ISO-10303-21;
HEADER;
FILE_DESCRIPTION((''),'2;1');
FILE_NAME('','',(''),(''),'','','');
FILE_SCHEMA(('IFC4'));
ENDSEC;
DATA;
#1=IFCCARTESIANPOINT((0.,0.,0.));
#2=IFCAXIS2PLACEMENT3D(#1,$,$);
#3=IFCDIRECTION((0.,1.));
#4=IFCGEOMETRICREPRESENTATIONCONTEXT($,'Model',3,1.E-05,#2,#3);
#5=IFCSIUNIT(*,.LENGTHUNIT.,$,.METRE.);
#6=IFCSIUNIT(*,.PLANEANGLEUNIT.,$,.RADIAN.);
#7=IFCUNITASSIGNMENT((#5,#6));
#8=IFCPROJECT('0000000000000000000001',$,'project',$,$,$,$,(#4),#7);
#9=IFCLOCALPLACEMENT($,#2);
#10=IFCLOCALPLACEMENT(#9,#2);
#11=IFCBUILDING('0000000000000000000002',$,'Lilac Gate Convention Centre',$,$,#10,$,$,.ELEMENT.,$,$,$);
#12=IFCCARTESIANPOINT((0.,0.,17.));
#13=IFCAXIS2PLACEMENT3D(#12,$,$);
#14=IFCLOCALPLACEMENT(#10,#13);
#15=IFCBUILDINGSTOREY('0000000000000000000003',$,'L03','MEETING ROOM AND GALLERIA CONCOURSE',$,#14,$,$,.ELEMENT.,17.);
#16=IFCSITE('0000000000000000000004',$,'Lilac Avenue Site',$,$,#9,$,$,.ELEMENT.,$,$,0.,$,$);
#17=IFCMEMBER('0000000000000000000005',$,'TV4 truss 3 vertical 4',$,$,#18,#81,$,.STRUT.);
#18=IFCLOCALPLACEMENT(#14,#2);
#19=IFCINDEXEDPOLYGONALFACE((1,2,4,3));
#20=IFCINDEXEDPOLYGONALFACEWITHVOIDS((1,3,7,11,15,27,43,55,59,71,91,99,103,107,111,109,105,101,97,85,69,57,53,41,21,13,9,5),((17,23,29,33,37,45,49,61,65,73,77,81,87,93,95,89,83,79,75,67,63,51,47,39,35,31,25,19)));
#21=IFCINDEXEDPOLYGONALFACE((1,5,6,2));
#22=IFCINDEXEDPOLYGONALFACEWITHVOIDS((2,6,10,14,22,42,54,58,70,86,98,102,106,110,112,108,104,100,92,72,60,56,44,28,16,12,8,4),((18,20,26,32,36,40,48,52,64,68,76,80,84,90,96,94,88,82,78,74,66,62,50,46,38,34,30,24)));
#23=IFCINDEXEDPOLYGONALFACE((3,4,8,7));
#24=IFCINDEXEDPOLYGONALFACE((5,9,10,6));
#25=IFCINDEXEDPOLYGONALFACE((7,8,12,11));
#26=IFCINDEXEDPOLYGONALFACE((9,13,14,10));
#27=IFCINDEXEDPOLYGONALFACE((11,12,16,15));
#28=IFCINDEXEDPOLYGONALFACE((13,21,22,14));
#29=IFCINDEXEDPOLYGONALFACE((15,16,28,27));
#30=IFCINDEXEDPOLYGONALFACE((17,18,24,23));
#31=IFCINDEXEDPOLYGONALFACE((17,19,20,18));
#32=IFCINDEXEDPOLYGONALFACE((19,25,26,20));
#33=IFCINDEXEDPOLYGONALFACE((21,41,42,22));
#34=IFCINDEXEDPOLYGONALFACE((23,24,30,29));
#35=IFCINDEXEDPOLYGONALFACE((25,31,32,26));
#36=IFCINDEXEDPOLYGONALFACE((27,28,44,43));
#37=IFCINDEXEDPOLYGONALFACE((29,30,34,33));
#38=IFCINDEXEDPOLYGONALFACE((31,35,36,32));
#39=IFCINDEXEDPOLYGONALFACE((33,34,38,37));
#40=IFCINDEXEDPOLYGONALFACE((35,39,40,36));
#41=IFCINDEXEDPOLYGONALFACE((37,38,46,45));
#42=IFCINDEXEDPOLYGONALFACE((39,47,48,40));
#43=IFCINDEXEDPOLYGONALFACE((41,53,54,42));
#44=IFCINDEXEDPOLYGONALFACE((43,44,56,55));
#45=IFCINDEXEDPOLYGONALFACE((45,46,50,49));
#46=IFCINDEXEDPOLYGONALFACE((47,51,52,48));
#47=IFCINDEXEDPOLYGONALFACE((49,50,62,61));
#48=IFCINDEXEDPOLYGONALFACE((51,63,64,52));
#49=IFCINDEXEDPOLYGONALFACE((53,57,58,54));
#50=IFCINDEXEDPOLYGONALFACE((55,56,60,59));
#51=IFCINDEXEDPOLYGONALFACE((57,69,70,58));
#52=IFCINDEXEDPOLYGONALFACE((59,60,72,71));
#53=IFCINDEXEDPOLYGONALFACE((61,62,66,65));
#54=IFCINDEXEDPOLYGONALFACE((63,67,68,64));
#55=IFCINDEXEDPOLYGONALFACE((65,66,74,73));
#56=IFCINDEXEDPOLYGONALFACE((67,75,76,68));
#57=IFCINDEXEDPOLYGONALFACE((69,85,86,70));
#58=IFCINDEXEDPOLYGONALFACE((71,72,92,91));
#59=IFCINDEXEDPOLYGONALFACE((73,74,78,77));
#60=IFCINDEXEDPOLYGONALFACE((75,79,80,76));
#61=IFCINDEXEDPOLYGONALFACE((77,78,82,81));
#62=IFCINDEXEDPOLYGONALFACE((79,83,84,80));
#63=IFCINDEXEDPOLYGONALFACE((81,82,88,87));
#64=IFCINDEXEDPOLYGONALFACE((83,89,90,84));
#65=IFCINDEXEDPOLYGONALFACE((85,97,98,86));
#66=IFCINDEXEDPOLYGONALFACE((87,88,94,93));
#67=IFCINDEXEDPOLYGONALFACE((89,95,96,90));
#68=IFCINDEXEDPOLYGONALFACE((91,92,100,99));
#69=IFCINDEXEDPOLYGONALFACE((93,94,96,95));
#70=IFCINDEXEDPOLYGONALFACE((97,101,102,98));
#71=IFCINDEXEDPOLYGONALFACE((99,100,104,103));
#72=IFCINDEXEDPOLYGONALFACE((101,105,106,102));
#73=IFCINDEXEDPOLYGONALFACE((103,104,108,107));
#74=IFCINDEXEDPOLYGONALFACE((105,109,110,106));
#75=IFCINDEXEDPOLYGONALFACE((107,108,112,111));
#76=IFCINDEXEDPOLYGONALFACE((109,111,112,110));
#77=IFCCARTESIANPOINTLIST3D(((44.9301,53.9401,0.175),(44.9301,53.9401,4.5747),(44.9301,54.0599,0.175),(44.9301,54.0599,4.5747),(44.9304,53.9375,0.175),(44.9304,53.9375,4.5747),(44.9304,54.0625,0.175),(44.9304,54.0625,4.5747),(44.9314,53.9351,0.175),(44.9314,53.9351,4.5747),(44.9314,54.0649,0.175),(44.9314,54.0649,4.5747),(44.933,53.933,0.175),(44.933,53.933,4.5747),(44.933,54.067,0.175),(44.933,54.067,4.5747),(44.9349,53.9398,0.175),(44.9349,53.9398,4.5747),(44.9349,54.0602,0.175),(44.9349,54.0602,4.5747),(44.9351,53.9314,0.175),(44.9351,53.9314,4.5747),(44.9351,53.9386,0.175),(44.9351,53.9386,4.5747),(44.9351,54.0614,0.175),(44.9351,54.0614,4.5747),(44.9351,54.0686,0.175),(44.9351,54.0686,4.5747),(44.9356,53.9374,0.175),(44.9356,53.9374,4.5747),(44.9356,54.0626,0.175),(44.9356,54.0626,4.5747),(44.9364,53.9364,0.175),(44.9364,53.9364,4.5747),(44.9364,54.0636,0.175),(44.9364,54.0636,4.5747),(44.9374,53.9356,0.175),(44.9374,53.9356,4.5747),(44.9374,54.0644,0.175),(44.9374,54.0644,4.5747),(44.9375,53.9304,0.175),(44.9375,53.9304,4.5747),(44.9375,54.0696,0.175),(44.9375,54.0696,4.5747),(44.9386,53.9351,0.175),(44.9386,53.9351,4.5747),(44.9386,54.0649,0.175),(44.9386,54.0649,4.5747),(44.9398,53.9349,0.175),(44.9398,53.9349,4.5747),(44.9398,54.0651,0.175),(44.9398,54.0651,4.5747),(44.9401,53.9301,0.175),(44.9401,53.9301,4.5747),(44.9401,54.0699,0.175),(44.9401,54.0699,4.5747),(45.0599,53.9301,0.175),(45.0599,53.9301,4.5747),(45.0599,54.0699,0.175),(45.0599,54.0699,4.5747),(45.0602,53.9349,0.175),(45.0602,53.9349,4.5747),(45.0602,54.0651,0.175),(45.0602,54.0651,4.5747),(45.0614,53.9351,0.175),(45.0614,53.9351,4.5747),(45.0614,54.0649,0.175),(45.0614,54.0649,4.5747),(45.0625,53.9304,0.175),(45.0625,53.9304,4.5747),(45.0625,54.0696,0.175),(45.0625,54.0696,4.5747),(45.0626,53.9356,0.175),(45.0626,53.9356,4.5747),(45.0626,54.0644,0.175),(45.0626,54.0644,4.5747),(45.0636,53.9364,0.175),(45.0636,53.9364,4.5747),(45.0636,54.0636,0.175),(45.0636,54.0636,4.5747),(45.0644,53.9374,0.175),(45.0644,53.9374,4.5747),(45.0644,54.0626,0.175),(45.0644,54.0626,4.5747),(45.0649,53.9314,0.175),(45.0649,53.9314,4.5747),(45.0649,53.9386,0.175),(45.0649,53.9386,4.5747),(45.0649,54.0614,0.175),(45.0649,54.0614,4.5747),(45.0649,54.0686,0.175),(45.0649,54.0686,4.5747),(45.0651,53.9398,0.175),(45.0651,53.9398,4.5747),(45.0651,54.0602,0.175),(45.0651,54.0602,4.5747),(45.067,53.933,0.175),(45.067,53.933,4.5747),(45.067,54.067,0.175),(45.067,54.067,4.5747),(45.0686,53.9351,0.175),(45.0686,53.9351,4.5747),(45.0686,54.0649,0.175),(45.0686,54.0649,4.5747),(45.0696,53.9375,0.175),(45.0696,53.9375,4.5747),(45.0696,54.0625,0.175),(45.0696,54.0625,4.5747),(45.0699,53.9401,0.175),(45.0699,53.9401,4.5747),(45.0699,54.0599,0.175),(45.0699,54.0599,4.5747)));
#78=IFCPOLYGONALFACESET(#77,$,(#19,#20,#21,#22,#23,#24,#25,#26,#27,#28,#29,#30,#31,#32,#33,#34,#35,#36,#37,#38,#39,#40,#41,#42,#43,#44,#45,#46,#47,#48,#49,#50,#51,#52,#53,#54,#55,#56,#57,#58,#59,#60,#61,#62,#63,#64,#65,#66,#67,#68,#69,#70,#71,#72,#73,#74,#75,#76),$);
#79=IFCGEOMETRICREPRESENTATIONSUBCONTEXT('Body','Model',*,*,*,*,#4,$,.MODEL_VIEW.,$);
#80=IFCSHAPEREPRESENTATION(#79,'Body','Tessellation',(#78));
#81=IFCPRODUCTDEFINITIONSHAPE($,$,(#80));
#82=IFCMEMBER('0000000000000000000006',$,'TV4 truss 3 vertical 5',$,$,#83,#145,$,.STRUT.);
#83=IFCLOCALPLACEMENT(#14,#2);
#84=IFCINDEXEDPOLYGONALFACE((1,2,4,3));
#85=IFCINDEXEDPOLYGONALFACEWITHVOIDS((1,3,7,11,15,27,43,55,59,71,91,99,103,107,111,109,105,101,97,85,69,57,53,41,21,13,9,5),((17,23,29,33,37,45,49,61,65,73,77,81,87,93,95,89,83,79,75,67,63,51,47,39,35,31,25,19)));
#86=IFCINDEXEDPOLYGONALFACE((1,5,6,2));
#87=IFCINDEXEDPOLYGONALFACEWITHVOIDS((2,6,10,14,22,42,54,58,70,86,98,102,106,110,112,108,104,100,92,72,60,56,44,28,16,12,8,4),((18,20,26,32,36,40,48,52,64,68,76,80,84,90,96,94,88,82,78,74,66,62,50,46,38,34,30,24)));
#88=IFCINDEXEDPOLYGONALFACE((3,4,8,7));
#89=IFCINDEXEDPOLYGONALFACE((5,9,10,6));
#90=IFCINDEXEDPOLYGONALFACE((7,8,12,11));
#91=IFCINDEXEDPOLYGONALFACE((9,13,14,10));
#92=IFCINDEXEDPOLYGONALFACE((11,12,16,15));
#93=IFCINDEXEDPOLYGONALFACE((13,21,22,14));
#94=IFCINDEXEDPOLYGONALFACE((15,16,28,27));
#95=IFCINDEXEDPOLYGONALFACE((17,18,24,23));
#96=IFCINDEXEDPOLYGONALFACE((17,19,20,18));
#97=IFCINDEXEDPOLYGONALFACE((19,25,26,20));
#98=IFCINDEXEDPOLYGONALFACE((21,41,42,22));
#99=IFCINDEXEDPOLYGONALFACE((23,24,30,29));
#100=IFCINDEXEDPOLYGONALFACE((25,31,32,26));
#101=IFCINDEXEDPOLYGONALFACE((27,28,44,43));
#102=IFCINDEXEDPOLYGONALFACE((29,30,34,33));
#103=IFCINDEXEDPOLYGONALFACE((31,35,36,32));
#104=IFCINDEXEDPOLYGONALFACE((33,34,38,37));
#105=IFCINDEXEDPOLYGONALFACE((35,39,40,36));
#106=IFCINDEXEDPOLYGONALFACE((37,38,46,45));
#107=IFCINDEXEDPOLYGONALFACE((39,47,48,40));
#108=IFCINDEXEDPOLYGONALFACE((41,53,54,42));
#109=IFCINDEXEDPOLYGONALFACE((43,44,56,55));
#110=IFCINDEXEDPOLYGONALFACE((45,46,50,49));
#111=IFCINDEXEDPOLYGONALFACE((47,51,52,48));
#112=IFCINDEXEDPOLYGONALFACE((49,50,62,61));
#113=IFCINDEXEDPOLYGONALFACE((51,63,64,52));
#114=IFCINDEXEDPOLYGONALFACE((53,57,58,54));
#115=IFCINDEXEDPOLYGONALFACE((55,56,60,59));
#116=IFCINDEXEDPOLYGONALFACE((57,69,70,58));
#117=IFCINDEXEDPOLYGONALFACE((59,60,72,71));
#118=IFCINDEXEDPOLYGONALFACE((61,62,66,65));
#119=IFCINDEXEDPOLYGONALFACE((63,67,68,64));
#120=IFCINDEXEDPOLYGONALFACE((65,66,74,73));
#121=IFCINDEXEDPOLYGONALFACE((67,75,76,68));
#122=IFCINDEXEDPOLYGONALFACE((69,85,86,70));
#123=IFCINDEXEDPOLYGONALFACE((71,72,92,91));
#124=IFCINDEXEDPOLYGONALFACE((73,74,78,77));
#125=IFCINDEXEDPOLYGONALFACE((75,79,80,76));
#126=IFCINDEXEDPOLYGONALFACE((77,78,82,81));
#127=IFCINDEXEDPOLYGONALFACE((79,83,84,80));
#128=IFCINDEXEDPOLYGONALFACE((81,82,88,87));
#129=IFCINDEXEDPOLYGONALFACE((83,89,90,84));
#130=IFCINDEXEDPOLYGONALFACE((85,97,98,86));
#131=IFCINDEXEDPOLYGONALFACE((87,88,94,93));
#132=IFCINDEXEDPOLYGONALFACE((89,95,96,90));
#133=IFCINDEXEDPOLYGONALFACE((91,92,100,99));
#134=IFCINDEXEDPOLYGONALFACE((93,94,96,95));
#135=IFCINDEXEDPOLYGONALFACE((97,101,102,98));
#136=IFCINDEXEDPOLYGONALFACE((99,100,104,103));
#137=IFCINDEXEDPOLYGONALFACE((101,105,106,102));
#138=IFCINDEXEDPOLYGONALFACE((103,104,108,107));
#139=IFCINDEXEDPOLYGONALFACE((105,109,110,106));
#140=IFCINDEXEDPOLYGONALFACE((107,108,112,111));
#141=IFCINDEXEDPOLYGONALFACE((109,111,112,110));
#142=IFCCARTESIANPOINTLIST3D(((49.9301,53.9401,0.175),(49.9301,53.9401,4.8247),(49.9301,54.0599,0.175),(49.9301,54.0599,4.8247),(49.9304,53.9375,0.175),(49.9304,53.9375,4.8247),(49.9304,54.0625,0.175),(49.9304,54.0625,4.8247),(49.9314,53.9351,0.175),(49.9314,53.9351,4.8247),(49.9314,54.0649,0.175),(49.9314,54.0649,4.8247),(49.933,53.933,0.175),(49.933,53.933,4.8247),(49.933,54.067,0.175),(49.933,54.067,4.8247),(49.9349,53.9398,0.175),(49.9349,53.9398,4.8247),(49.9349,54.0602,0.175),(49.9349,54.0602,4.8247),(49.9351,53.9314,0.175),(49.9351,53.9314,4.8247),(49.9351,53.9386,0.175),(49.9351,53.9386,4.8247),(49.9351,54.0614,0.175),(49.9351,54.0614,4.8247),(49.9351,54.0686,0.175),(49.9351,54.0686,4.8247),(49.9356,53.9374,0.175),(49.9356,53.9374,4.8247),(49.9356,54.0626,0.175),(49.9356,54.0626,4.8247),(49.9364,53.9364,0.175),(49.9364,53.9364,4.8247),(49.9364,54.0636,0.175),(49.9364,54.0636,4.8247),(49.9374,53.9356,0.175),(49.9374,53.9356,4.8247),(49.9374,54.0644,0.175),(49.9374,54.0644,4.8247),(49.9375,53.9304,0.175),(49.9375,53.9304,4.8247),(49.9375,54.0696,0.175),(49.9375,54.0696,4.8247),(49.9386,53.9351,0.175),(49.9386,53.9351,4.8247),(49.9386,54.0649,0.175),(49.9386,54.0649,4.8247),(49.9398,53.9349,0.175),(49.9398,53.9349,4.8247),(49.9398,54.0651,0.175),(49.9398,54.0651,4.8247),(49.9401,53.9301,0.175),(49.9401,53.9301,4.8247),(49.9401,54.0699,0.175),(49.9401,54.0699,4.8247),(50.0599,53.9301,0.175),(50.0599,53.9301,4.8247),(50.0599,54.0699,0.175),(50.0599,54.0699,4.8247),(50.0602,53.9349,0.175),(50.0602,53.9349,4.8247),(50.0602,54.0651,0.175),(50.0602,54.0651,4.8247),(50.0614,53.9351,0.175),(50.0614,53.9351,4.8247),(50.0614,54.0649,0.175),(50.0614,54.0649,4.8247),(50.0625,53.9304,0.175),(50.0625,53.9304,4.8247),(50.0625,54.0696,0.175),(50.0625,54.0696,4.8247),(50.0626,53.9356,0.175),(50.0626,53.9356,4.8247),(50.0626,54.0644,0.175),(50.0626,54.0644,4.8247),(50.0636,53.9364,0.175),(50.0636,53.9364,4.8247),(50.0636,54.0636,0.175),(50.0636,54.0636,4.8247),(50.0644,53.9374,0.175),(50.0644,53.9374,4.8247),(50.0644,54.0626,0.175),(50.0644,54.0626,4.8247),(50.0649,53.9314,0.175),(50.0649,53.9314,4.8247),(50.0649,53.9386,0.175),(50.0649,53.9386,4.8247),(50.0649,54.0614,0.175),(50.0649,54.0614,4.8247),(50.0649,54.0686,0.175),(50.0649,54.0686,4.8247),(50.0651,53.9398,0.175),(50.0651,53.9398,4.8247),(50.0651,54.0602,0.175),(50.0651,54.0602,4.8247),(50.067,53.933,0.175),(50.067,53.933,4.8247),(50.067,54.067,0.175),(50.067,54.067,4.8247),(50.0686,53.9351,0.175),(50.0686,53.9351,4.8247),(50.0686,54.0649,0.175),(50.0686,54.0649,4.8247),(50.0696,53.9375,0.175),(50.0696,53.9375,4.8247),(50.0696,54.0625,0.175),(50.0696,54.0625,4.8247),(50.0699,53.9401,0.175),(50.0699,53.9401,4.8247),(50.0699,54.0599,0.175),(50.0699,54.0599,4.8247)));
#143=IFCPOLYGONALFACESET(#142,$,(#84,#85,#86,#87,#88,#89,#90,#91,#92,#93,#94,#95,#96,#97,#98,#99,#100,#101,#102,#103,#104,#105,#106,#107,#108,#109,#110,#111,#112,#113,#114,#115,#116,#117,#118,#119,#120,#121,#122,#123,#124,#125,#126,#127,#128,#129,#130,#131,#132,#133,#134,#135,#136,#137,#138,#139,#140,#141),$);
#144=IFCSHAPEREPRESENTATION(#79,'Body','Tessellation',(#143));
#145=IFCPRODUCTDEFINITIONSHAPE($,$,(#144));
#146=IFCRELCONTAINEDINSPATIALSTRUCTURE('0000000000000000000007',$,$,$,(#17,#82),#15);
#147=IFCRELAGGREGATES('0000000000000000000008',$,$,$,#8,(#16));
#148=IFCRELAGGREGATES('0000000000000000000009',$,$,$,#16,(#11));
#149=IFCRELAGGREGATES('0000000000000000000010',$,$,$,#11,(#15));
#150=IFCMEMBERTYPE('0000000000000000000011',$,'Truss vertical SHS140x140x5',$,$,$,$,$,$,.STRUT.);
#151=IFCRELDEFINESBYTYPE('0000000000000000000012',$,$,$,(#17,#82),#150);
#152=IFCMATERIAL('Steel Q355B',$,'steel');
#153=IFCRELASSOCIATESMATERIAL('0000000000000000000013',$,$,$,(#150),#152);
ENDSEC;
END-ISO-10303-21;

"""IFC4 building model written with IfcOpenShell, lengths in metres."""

from ifc_helpers import new_model, si_unit, direction, frame, origin, origin_2d, place, context, subcontext, project, spatial, hollow_rectangle, extrude, material, material_profile, profile_set, type_object, element, save


model = new_model("IFC4")

# Units and contexts
model_context = context("Model", 3, precision=1e-05, world=origin(), true_north=direction((0.0, 1.0)))
body_context = subcontext(model_context, "Body", "Model", "MODEL_VIEW")
ifc_project = project(units=[si_unit("LENGTHUNIT", "METRE"), si_unit("PLANEANGLEUNIT", "RADIAN")], contexts=[model_context])

# Site, building, storey
site_placement = place(None, origin())
site = spatial("IfcSite", under=ifc_project, at=site_placement, Name="Lilac Avenue Site", CompositionType="ELEMENT", RefElevation=0.0)
building_placement = place(site_placement, origin())
building = spatial("IfcBuilding", under=site, at=building_placement, Name="Lilac Gate Convention Centre", CompositionType="ELEMENT")
storey_placement = place(building_placement, frame((0.0, 0.0, 17.0)))
storey = spatial("IfcBuildingStorey", under=building, at=storey_placement, Name="L03", Description="MEETING ROOM AND GALLERIA CONCOURSE", CompositionType="ELEMENT", Elevation=17.0)

# Members
ifc_material = material(Name="Steel Q355B", Category="steel")
ifc_material_profile_1 = material_profile(ifc_material, hollow_rectangle(XDim=0.1399, YDim=0.1399, WallThickness=0.0049, InnerFilletRadius=0.0049, OuterFilletRadius=0.01, at=origin_2d()), Name="SHS140x140x5")
ifc_profile_set_1 = profile_set([ifc_material_profile_1], Name="Steel Q355B")
member_type_1 = type_object("IfcMemberType", Name="Truss vertical SHS140x140x5", PredefinedType="STRUT", material=ifc_profile_set_1)
member_1_placement = place(storey_placement, frame((45.0, 54.0, 0.175), z_axis=(0.0, 0.0, 1.0), x_axis=(1.0, 0.0, 0.0)))
element("IfcMember", 1, at=member_1_placement, inside=storey, type_object=member_type_1, Name="TV4 truss 3 vertical 4", PredefinedType="STRUT", context=body_context, shape_type="SweptSolid", body=[
    extrude(hollow_rectangle(XDim=0.1399, YDim=0.1399, WallThickness=0.0049, InnerFilletRadius=0.0049, OuterFilletRadius=0.01, at=origin_2d()), origin(), (0.0, 0.0, 1.0), 4.3997),
])
member_2_placement = place(storey_placement, frame((50.0, 54.0, 0.175), z_axis=(0.0, 0.0, 1.0), x_axis=(1.0, 0.0, 0.0)))
element("IfcMember", 2, at=member_2_placement, inside=storey, type_object=member_type_1, Name="TV4 truss 3 vertical 5", PredefinedType="STRUT", context=body_context, shape_type="SweptSolid", body=[
    extrude(hollow_rectangle(XDim=0.1399, YDim=0.1399, WallThickness=0.0049, InnerFilletRadius=0.0049, OuterFilletRadius=0.01, at=origin_2d()), origin(), (0.0, 0.0, 1.0), 4.6497),
])

save(model, "model.ifc")
